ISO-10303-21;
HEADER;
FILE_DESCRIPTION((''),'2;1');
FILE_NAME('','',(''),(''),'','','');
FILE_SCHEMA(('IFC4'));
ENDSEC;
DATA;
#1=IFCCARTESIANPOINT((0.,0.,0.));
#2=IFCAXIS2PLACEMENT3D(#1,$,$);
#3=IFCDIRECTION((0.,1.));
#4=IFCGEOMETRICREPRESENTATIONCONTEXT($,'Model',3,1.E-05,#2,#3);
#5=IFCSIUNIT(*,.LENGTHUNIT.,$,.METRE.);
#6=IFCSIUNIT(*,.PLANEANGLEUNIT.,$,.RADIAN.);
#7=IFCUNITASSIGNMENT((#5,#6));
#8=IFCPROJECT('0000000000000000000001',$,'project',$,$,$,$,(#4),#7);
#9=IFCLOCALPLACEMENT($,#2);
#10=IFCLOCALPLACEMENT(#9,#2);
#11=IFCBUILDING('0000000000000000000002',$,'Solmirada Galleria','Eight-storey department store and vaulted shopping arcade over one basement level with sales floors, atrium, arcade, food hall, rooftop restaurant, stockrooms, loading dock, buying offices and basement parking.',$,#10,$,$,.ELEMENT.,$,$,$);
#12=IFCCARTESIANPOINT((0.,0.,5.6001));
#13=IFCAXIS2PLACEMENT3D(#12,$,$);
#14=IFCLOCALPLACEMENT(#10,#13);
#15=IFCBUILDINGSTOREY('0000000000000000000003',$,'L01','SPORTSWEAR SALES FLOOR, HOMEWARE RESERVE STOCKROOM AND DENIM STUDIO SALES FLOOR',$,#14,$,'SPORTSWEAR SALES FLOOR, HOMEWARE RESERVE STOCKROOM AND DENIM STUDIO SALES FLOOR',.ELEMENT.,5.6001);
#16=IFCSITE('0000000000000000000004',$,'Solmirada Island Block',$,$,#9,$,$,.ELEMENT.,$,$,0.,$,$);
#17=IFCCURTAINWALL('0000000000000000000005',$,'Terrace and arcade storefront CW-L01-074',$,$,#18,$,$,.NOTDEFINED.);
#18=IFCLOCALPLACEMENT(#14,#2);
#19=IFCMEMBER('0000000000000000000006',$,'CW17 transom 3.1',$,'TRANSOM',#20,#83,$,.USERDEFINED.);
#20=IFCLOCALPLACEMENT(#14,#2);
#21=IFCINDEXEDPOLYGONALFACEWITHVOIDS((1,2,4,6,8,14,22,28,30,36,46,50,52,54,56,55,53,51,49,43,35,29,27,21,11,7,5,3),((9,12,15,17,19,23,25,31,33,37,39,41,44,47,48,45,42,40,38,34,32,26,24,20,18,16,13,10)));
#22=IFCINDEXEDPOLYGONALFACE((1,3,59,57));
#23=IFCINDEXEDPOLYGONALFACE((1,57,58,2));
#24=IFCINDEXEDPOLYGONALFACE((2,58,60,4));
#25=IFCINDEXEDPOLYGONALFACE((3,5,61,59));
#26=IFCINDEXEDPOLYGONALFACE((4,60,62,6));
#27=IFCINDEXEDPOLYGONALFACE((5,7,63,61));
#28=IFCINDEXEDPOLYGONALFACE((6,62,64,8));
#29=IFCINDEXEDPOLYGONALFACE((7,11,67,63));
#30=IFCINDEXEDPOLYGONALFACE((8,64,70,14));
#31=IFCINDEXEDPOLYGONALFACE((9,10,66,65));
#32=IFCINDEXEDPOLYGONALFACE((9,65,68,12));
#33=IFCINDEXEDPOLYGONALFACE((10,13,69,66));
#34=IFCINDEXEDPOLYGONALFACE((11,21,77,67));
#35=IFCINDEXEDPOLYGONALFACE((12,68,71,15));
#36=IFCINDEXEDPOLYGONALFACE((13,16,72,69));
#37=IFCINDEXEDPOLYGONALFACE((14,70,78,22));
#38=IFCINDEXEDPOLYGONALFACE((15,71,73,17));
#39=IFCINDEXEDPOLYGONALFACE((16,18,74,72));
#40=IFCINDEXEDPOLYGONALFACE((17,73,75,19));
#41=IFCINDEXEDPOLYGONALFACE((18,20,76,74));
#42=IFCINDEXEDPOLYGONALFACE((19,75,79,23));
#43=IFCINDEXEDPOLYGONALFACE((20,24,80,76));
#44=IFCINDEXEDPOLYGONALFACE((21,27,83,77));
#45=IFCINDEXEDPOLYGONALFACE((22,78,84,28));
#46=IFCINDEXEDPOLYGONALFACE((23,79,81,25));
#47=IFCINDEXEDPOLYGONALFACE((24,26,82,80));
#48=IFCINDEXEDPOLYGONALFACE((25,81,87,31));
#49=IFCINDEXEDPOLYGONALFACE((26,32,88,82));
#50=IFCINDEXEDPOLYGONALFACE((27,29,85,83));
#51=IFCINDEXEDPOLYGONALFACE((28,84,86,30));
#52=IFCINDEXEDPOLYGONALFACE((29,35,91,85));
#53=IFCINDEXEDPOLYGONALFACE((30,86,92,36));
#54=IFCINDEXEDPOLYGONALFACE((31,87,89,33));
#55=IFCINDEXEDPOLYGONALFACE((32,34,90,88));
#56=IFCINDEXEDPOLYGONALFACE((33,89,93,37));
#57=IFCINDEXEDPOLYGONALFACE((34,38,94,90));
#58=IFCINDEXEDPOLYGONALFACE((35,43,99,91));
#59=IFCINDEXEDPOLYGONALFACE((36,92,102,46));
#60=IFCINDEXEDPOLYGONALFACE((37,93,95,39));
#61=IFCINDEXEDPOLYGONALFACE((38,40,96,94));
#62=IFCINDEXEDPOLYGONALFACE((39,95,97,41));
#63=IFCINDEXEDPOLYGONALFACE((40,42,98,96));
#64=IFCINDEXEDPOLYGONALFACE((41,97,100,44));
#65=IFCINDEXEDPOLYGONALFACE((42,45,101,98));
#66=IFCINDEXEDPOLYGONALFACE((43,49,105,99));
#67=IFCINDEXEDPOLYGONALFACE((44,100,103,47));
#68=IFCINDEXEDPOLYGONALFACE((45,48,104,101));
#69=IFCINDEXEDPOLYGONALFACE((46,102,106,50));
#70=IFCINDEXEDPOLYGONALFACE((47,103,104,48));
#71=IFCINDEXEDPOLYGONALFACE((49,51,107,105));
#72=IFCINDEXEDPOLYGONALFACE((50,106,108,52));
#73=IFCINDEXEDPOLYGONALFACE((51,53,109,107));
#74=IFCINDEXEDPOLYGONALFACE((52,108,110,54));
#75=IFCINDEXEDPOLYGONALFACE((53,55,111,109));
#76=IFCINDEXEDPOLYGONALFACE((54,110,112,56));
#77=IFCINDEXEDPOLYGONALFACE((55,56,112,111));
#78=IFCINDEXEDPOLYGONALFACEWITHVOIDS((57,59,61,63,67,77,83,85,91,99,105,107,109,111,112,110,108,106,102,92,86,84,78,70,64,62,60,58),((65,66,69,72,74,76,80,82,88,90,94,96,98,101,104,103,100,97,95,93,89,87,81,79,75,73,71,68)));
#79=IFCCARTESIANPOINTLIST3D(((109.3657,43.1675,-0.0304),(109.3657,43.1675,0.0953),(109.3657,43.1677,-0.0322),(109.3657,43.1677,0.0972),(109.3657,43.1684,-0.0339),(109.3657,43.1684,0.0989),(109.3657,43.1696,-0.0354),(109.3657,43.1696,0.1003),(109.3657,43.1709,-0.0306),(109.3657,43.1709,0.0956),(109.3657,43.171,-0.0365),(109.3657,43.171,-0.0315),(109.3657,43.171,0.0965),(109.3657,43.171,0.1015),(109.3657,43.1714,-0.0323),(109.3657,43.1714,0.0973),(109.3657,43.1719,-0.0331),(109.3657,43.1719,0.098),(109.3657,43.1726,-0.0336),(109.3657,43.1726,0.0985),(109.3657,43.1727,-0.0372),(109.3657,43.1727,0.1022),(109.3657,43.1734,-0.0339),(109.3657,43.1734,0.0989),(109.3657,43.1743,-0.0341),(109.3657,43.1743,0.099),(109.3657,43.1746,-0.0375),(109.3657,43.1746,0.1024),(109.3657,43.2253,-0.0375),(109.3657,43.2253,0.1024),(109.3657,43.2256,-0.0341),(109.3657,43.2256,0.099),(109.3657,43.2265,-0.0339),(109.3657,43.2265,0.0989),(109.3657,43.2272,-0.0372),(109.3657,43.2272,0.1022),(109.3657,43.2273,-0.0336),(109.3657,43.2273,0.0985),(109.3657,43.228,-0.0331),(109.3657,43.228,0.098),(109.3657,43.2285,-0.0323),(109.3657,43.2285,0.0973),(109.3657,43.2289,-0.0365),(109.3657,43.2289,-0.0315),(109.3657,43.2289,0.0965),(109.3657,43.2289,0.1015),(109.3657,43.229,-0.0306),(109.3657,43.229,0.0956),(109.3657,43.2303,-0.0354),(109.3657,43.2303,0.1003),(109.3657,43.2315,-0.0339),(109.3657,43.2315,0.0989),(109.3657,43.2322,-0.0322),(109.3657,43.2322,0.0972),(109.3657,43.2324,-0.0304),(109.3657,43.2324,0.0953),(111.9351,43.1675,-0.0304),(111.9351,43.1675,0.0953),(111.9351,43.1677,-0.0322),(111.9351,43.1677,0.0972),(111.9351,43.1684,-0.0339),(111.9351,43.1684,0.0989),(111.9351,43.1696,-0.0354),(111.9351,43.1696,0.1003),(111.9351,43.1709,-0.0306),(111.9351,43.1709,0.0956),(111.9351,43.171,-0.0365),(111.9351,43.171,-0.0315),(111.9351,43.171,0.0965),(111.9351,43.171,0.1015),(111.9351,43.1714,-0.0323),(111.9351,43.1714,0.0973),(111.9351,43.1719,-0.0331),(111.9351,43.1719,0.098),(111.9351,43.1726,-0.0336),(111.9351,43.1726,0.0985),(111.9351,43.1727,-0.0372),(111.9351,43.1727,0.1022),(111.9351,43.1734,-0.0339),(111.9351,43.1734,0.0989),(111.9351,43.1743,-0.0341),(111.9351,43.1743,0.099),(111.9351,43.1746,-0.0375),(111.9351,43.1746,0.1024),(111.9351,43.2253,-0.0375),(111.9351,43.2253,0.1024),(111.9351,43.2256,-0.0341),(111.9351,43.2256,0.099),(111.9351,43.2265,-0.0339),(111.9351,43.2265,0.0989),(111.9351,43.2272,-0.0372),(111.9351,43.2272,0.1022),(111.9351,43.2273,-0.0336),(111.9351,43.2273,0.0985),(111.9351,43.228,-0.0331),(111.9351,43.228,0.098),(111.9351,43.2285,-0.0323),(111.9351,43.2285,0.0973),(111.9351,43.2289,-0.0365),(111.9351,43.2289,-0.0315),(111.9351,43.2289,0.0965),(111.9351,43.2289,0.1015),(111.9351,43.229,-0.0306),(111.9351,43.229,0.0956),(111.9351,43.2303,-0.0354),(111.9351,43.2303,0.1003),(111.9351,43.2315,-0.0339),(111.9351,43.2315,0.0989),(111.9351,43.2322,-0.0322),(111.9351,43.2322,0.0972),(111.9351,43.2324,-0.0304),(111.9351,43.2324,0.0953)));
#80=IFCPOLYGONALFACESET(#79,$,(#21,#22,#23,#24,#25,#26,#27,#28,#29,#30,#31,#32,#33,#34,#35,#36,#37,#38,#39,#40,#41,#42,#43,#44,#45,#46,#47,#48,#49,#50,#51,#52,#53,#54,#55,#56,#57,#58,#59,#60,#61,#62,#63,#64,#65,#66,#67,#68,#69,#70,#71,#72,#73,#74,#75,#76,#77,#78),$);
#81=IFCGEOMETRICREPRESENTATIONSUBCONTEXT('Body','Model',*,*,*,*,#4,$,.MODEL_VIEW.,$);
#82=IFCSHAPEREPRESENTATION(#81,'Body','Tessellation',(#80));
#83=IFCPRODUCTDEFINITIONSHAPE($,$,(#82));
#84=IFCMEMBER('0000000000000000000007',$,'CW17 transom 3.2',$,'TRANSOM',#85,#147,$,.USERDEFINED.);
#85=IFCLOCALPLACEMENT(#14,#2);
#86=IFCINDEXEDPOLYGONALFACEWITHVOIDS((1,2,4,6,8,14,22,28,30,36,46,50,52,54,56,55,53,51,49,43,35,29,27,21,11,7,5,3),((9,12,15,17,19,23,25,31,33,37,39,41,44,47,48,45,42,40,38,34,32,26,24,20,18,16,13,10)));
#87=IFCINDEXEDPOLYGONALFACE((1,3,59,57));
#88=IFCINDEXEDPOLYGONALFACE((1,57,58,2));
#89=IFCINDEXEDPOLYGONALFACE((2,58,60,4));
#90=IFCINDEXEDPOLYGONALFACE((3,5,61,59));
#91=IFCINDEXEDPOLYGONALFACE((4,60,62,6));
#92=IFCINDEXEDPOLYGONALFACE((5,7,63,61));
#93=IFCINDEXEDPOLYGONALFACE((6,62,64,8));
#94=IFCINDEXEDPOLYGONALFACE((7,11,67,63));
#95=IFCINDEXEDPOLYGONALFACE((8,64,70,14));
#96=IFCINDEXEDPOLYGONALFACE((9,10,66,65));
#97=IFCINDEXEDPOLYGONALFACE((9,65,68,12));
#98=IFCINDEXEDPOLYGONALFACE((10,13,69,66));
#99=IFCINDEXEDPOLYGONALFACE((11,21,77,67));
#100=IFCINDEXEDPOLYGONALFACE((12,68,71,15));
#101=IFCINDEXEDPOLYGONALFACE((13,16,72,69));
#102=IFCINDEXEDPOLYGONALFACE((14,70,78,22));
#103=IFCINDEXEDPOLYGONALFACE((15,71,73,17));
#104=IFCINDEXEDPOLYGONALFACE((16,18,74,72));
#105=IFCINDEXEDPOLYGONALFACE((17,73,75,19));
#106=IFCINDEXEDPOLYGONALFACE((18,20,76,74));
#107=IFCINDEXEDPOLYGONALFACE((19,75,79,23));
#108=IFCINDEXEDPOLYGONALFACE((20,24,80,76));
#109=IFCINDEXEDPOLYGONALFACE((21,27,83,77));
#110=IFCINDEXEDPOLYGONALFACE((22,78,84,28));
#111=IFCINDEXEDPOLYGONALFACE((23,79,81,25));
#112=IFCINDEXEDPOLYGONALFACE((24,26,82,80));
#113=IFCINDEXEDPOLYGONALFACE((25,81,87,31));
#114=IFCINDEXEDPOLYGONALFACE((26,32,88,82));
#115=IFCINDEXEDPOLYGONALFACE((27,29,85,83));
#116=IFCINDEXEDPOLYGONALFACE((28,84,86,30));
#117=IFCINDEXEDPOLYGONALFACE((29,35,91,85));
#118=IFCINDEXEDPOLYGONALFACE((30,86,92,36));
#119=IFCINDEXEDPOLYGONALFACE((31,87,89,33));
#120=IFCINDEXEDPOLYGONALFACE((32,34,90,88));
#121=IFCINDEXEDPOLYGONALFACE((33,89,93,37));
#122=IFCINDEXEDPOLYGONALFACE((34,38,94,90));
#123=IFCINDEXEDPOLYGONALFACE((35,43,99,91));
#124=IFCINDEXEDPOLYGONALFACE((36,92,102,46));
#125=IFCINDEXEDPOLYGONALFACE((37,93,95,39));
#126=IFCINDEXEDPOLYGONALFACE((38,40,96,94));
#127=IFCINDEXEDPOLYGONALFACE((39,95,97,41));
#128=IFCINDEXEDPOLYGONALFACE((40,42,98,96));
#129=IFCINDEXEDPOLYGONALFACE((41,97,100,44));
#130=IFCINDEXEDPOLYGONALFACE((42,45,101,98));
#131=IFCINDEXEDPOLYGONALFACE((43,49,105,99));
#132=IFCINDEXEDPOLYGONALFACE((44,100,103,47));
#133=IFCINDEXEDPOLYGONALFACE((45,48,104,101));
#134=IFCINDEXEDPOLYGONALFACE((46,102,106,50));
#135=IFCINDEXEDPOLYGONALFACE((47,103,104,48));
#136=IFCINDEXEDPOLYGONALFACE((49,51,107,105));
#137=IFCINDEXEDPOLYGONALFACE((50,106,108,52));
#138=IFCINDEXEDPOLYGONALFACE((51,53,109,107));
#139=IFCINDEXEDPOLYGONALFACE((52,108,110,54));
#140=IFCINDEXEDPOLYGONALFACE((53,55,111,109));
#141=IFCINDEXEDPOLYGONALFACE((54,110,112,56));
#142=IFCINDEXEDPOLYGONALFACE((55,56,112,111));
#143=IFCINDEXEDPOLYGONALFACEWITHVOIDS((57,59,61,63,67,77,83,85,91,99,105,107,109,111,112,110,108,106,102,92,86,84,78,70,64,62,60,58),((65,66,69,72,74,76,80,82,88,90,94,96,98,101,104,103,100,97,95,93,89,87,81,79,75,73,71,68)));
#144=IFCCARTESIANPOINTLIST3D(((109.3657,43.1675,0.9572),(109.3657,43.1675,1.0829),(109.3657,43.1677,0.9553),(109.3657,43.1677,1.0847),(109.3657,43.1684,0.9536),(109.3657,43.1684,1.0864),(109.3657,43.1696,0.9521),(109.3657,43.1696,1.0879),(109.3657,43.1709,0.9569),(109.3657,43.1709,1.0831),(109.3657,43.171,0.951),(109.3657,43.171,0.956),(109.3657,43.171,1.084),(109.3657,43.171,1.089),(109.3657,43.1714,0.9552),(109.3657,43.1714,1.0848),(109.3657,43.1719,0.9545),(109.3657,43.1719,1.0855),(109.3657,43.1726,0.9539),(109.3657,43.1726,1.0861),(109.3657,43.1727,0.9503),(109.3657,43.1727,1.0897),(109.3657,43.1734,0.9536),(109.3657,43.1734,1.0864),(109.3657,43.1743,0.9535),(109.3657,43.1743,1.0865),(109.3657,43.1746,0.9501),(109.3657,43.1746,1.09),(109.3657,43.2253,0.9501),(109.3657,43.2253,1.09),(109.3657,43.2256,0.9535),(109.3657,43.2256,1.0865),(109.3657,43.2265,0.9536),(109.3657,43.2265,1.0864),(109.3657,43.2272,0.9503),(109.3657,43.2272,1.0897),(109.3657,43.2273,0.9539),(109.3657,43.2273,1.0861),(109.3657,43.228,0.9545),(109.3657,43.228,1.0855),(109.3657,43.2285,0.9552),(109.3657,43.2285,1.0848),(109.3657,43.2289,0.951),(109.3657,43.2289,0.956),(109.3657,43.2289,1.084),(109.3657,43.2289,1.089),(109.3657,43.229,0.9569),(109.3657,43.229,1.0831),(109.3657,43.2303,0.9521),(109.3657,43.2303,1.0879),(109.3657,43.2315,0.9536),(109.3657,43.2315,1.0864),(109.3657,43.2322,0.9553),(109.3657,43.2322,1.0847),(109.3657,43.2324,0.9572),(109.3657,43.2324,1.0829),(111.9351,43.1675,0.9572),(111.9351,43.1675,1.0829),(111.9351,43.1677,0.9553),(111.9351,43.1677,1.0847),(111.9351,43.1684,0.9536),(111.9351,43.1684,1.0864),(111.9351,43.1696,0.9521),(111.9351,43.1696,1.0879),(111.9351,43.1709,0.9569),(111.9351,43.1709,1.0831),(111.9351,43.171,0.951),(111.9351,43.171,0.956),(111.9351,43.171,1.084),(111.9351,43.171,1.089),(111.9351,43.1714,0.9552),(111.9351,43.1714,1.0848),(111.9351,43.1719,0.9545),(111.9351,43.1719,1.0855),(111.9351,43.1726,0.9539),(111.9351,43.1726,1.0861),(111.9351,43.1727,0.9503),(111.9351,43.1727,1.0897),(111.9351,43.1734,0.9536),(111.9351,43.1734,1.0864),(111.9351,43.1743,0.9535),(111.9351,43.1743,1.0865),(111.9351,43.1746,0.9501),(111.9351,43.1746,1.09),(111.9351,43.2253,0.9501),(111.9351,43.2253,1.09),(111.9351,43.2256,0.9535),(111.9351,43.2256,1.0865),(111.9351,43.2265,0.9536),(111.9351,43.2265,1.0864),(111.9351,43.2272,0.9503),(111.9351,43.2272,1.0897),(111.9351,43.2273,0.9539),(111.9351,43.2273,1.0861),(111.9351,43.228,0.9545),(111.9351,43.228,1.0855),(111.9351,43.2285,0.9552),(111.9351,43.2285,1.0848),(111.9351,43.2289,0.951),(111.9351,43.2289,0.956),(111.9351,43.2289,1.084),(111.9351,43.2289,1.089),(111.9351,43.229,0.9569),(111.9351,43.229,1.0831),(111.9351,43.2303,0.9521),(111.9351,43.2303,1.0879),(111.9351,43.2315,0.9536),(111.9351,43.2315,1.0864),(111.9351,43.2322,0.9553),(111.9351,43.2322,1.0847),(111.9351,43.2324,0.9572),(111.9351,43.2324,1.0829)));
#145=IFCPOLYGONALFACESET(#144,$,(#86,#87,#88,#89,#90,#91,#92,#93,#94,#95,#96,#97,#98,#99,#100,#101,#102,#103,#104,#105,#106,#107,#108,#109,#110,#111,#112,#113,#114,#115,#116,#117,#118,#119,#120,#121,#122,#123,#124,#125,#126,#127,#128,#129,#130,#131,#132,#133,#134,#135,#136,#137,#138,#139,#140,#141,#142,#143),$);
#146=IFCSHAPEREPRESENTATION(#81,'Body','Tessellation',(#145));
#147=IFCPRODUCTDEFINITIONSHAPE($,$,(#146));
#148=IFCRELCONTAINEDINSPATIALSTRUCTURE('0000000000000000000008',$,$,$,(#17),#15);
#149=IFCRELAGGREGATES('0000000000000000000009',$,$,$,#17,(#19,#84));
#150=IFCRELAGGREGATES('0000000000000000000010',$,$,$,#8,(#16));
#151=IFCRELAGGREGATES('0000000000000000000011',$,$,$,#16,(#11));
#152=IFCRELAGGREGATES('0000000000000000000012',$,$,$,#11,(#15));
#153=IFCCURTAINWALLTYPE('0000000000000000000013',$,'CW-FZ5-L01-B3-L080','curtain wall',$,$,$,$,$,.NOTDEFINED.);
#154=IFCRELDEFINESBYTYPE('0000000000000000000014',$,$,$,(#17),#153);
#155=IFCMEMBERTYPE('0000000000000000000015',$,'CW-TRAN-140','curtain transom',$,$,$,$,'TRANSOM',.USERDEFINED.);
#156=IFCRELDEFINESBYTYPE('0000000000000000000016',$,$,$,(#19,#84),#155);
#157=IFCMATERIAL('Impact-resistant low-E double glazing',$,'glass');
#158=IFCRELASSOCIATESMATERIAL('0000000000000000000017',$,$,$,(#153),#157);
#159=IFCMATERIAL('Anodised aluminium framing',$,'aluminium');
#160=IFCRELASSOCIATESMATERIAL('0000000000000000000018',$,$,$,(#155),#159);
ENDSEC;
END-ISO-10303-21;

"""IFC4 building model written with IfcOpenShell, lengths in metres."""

from ifc_helpers import new_model, si_unit, direction, frame, origin, origin_2d, place, context, subcontext, project, spatial, hollow_rectangle, extrude, material, material_profile, profile_set, type_object, element, aggregate, save


model = new_model("IFC4")

# Units and contexts
model_context = context("Model", 3, precision=1e-05, world=origin(), true_north=direction((0.0, 1.0)))
body_context = subcontext(model_context, "Body", "Model", "MODEL_VIEW")
ifc_project = project(units=[si_unit("LENGTHUNIT", "METRE"), si_unit("PLANEANGLEUNIT", "RADIAN")], contexts=[model_context])

# Site, building, storey
site_placement = place(None, origin())
site = spatial("IfcSite", under=ifc_project, at=site_placement, Name="Solmirada Island Block", CompositionType="ELEMENT", RefElevation=0.0)
building_placement = place(site_placement, origin())
building = spatial("IfcBuilding", under=site, at=building_placement, Name="Solmirada Galleria", Description="Eight-storey department store and vaulted shopping arcade over one basement level with sales floors, atrium, arcade, food hall, rooftop restaurant, stockrooms, loading dock, buying offices and basement parking.", CompositionType="ELEMENT")
storey_placement = place(building_placement, frame((0.0, 0.0, 5.6001)))
storey = spatial("IfcBuildingStorey", under=building, at=storey_placement, Name="L01", Description="SPORTSWEAR SALES FLOOR, HOMEWARE RESERVE STOCKROOM AND DENIM STUDIO SALES FLOOR", LongName="SPORTSWEAR SALES FLOOR, HOMEWARE RESERVE STOCKROOM AND DENIM STUDIO SALES FLOOR", CompositionType="ELEMENT", Elevation=5.6001)

# Shared definitions
ifc_material_1 = material(Name="Impact-resistant low-E double glazing", Category="glass")
ifc_material_2 = material(Name="Anodised aluminium framing", Category="aluminium")

# Curtain wall
curtain_wall_type_1 = type_object("IfcCurtainWallType", Name="CW-FZ5-L01-B3-L080", Description="curtain wall", PredefinedType="NOTDEFINED", material=ifc_material_1)
curtain_wall_1_placement = place(storey_placement, origin())
curtain_wall_1 = element("IfcCurtainWall", 1, at=curtain_wall_1_placement, inside=storey, type_object=curtain_wall_type_1, Name="Terrace and arcade storefront CW-L01-074", PredefinedType="NOTDEFINED")

# Members
ifc_material_profile_1 = material_profile(ifc_material_2, hollow_rectangle(XDim=0.0649, YDim=0.1399, WallThickness=0.0034, InnerFilletRadius=0.0034, OuterFilletRadius=0.0071, at=origin_2d()), Name="ALU-TRAN-140X65")
ifc_profile_set_1 = profile_set([ifc_material_profile_1], Name="Anodised aluminium framing")
member_type_1 = type_object("IfcMemberType", Name="CW-TRAN-140", Description="curtain transom", ElementType="TRANSOM", PredefinedType="USERDEFINED", material=ifc_profile_set_1)
member_1_placement = place(storey_placement, frame((109.3657, 43.2, 0.0325), z_axis=(1.0, 0.0, 0.0), x_axis=(0.0, 1.0, 0.0)))
member_1 = element("IfcMember", 2, at=member_1_placement, type_object=member_type_1, Name="CW17 transom 3.1", ObjectType="TRANSOM", PredefinedType="USERDEFINED", context=body_context, shape_type="SweptSolid", body=[
    extrude(hollow_rectangle(XDim=0.0649, YDim=0.1399, WallThickness=0.0034, InnerFilletRadius=0.0034, OuterFilletRadius=0.0071, at=origin_2d()), origin(), (0.0, 0.0, 1.0), 2.5693),
])
member_2_placement = place(storey_placement, frame((109.3657, 43.2, 1.02), z_axis=(1.0, 0.0, 0.0), x_axis=(0.0, 1.0, 0.0)))
member_2 = element("IfcMember", 3, at=member_2_placement, type_object=member_type_1, Name="CW17 transom 3.2", ObjectType="TRANSOM", PredefinedType="USERDEFINED", context=body_context, shape_type="SweptSolid", body=[
    extrude(hollow_rectangle(XDim=0.0649, YDim=0.1399, WallThickness=0.0034, InnerFilletRadius=0.0034, OuterFilletRadius=0.0071, at=origin_2d()), origin(), (0.0, 0.0, 1.0), 2.5693),
])

aggregate(curtain_wall_1, [member_1, member_2])

save(model, "model.ifc")
